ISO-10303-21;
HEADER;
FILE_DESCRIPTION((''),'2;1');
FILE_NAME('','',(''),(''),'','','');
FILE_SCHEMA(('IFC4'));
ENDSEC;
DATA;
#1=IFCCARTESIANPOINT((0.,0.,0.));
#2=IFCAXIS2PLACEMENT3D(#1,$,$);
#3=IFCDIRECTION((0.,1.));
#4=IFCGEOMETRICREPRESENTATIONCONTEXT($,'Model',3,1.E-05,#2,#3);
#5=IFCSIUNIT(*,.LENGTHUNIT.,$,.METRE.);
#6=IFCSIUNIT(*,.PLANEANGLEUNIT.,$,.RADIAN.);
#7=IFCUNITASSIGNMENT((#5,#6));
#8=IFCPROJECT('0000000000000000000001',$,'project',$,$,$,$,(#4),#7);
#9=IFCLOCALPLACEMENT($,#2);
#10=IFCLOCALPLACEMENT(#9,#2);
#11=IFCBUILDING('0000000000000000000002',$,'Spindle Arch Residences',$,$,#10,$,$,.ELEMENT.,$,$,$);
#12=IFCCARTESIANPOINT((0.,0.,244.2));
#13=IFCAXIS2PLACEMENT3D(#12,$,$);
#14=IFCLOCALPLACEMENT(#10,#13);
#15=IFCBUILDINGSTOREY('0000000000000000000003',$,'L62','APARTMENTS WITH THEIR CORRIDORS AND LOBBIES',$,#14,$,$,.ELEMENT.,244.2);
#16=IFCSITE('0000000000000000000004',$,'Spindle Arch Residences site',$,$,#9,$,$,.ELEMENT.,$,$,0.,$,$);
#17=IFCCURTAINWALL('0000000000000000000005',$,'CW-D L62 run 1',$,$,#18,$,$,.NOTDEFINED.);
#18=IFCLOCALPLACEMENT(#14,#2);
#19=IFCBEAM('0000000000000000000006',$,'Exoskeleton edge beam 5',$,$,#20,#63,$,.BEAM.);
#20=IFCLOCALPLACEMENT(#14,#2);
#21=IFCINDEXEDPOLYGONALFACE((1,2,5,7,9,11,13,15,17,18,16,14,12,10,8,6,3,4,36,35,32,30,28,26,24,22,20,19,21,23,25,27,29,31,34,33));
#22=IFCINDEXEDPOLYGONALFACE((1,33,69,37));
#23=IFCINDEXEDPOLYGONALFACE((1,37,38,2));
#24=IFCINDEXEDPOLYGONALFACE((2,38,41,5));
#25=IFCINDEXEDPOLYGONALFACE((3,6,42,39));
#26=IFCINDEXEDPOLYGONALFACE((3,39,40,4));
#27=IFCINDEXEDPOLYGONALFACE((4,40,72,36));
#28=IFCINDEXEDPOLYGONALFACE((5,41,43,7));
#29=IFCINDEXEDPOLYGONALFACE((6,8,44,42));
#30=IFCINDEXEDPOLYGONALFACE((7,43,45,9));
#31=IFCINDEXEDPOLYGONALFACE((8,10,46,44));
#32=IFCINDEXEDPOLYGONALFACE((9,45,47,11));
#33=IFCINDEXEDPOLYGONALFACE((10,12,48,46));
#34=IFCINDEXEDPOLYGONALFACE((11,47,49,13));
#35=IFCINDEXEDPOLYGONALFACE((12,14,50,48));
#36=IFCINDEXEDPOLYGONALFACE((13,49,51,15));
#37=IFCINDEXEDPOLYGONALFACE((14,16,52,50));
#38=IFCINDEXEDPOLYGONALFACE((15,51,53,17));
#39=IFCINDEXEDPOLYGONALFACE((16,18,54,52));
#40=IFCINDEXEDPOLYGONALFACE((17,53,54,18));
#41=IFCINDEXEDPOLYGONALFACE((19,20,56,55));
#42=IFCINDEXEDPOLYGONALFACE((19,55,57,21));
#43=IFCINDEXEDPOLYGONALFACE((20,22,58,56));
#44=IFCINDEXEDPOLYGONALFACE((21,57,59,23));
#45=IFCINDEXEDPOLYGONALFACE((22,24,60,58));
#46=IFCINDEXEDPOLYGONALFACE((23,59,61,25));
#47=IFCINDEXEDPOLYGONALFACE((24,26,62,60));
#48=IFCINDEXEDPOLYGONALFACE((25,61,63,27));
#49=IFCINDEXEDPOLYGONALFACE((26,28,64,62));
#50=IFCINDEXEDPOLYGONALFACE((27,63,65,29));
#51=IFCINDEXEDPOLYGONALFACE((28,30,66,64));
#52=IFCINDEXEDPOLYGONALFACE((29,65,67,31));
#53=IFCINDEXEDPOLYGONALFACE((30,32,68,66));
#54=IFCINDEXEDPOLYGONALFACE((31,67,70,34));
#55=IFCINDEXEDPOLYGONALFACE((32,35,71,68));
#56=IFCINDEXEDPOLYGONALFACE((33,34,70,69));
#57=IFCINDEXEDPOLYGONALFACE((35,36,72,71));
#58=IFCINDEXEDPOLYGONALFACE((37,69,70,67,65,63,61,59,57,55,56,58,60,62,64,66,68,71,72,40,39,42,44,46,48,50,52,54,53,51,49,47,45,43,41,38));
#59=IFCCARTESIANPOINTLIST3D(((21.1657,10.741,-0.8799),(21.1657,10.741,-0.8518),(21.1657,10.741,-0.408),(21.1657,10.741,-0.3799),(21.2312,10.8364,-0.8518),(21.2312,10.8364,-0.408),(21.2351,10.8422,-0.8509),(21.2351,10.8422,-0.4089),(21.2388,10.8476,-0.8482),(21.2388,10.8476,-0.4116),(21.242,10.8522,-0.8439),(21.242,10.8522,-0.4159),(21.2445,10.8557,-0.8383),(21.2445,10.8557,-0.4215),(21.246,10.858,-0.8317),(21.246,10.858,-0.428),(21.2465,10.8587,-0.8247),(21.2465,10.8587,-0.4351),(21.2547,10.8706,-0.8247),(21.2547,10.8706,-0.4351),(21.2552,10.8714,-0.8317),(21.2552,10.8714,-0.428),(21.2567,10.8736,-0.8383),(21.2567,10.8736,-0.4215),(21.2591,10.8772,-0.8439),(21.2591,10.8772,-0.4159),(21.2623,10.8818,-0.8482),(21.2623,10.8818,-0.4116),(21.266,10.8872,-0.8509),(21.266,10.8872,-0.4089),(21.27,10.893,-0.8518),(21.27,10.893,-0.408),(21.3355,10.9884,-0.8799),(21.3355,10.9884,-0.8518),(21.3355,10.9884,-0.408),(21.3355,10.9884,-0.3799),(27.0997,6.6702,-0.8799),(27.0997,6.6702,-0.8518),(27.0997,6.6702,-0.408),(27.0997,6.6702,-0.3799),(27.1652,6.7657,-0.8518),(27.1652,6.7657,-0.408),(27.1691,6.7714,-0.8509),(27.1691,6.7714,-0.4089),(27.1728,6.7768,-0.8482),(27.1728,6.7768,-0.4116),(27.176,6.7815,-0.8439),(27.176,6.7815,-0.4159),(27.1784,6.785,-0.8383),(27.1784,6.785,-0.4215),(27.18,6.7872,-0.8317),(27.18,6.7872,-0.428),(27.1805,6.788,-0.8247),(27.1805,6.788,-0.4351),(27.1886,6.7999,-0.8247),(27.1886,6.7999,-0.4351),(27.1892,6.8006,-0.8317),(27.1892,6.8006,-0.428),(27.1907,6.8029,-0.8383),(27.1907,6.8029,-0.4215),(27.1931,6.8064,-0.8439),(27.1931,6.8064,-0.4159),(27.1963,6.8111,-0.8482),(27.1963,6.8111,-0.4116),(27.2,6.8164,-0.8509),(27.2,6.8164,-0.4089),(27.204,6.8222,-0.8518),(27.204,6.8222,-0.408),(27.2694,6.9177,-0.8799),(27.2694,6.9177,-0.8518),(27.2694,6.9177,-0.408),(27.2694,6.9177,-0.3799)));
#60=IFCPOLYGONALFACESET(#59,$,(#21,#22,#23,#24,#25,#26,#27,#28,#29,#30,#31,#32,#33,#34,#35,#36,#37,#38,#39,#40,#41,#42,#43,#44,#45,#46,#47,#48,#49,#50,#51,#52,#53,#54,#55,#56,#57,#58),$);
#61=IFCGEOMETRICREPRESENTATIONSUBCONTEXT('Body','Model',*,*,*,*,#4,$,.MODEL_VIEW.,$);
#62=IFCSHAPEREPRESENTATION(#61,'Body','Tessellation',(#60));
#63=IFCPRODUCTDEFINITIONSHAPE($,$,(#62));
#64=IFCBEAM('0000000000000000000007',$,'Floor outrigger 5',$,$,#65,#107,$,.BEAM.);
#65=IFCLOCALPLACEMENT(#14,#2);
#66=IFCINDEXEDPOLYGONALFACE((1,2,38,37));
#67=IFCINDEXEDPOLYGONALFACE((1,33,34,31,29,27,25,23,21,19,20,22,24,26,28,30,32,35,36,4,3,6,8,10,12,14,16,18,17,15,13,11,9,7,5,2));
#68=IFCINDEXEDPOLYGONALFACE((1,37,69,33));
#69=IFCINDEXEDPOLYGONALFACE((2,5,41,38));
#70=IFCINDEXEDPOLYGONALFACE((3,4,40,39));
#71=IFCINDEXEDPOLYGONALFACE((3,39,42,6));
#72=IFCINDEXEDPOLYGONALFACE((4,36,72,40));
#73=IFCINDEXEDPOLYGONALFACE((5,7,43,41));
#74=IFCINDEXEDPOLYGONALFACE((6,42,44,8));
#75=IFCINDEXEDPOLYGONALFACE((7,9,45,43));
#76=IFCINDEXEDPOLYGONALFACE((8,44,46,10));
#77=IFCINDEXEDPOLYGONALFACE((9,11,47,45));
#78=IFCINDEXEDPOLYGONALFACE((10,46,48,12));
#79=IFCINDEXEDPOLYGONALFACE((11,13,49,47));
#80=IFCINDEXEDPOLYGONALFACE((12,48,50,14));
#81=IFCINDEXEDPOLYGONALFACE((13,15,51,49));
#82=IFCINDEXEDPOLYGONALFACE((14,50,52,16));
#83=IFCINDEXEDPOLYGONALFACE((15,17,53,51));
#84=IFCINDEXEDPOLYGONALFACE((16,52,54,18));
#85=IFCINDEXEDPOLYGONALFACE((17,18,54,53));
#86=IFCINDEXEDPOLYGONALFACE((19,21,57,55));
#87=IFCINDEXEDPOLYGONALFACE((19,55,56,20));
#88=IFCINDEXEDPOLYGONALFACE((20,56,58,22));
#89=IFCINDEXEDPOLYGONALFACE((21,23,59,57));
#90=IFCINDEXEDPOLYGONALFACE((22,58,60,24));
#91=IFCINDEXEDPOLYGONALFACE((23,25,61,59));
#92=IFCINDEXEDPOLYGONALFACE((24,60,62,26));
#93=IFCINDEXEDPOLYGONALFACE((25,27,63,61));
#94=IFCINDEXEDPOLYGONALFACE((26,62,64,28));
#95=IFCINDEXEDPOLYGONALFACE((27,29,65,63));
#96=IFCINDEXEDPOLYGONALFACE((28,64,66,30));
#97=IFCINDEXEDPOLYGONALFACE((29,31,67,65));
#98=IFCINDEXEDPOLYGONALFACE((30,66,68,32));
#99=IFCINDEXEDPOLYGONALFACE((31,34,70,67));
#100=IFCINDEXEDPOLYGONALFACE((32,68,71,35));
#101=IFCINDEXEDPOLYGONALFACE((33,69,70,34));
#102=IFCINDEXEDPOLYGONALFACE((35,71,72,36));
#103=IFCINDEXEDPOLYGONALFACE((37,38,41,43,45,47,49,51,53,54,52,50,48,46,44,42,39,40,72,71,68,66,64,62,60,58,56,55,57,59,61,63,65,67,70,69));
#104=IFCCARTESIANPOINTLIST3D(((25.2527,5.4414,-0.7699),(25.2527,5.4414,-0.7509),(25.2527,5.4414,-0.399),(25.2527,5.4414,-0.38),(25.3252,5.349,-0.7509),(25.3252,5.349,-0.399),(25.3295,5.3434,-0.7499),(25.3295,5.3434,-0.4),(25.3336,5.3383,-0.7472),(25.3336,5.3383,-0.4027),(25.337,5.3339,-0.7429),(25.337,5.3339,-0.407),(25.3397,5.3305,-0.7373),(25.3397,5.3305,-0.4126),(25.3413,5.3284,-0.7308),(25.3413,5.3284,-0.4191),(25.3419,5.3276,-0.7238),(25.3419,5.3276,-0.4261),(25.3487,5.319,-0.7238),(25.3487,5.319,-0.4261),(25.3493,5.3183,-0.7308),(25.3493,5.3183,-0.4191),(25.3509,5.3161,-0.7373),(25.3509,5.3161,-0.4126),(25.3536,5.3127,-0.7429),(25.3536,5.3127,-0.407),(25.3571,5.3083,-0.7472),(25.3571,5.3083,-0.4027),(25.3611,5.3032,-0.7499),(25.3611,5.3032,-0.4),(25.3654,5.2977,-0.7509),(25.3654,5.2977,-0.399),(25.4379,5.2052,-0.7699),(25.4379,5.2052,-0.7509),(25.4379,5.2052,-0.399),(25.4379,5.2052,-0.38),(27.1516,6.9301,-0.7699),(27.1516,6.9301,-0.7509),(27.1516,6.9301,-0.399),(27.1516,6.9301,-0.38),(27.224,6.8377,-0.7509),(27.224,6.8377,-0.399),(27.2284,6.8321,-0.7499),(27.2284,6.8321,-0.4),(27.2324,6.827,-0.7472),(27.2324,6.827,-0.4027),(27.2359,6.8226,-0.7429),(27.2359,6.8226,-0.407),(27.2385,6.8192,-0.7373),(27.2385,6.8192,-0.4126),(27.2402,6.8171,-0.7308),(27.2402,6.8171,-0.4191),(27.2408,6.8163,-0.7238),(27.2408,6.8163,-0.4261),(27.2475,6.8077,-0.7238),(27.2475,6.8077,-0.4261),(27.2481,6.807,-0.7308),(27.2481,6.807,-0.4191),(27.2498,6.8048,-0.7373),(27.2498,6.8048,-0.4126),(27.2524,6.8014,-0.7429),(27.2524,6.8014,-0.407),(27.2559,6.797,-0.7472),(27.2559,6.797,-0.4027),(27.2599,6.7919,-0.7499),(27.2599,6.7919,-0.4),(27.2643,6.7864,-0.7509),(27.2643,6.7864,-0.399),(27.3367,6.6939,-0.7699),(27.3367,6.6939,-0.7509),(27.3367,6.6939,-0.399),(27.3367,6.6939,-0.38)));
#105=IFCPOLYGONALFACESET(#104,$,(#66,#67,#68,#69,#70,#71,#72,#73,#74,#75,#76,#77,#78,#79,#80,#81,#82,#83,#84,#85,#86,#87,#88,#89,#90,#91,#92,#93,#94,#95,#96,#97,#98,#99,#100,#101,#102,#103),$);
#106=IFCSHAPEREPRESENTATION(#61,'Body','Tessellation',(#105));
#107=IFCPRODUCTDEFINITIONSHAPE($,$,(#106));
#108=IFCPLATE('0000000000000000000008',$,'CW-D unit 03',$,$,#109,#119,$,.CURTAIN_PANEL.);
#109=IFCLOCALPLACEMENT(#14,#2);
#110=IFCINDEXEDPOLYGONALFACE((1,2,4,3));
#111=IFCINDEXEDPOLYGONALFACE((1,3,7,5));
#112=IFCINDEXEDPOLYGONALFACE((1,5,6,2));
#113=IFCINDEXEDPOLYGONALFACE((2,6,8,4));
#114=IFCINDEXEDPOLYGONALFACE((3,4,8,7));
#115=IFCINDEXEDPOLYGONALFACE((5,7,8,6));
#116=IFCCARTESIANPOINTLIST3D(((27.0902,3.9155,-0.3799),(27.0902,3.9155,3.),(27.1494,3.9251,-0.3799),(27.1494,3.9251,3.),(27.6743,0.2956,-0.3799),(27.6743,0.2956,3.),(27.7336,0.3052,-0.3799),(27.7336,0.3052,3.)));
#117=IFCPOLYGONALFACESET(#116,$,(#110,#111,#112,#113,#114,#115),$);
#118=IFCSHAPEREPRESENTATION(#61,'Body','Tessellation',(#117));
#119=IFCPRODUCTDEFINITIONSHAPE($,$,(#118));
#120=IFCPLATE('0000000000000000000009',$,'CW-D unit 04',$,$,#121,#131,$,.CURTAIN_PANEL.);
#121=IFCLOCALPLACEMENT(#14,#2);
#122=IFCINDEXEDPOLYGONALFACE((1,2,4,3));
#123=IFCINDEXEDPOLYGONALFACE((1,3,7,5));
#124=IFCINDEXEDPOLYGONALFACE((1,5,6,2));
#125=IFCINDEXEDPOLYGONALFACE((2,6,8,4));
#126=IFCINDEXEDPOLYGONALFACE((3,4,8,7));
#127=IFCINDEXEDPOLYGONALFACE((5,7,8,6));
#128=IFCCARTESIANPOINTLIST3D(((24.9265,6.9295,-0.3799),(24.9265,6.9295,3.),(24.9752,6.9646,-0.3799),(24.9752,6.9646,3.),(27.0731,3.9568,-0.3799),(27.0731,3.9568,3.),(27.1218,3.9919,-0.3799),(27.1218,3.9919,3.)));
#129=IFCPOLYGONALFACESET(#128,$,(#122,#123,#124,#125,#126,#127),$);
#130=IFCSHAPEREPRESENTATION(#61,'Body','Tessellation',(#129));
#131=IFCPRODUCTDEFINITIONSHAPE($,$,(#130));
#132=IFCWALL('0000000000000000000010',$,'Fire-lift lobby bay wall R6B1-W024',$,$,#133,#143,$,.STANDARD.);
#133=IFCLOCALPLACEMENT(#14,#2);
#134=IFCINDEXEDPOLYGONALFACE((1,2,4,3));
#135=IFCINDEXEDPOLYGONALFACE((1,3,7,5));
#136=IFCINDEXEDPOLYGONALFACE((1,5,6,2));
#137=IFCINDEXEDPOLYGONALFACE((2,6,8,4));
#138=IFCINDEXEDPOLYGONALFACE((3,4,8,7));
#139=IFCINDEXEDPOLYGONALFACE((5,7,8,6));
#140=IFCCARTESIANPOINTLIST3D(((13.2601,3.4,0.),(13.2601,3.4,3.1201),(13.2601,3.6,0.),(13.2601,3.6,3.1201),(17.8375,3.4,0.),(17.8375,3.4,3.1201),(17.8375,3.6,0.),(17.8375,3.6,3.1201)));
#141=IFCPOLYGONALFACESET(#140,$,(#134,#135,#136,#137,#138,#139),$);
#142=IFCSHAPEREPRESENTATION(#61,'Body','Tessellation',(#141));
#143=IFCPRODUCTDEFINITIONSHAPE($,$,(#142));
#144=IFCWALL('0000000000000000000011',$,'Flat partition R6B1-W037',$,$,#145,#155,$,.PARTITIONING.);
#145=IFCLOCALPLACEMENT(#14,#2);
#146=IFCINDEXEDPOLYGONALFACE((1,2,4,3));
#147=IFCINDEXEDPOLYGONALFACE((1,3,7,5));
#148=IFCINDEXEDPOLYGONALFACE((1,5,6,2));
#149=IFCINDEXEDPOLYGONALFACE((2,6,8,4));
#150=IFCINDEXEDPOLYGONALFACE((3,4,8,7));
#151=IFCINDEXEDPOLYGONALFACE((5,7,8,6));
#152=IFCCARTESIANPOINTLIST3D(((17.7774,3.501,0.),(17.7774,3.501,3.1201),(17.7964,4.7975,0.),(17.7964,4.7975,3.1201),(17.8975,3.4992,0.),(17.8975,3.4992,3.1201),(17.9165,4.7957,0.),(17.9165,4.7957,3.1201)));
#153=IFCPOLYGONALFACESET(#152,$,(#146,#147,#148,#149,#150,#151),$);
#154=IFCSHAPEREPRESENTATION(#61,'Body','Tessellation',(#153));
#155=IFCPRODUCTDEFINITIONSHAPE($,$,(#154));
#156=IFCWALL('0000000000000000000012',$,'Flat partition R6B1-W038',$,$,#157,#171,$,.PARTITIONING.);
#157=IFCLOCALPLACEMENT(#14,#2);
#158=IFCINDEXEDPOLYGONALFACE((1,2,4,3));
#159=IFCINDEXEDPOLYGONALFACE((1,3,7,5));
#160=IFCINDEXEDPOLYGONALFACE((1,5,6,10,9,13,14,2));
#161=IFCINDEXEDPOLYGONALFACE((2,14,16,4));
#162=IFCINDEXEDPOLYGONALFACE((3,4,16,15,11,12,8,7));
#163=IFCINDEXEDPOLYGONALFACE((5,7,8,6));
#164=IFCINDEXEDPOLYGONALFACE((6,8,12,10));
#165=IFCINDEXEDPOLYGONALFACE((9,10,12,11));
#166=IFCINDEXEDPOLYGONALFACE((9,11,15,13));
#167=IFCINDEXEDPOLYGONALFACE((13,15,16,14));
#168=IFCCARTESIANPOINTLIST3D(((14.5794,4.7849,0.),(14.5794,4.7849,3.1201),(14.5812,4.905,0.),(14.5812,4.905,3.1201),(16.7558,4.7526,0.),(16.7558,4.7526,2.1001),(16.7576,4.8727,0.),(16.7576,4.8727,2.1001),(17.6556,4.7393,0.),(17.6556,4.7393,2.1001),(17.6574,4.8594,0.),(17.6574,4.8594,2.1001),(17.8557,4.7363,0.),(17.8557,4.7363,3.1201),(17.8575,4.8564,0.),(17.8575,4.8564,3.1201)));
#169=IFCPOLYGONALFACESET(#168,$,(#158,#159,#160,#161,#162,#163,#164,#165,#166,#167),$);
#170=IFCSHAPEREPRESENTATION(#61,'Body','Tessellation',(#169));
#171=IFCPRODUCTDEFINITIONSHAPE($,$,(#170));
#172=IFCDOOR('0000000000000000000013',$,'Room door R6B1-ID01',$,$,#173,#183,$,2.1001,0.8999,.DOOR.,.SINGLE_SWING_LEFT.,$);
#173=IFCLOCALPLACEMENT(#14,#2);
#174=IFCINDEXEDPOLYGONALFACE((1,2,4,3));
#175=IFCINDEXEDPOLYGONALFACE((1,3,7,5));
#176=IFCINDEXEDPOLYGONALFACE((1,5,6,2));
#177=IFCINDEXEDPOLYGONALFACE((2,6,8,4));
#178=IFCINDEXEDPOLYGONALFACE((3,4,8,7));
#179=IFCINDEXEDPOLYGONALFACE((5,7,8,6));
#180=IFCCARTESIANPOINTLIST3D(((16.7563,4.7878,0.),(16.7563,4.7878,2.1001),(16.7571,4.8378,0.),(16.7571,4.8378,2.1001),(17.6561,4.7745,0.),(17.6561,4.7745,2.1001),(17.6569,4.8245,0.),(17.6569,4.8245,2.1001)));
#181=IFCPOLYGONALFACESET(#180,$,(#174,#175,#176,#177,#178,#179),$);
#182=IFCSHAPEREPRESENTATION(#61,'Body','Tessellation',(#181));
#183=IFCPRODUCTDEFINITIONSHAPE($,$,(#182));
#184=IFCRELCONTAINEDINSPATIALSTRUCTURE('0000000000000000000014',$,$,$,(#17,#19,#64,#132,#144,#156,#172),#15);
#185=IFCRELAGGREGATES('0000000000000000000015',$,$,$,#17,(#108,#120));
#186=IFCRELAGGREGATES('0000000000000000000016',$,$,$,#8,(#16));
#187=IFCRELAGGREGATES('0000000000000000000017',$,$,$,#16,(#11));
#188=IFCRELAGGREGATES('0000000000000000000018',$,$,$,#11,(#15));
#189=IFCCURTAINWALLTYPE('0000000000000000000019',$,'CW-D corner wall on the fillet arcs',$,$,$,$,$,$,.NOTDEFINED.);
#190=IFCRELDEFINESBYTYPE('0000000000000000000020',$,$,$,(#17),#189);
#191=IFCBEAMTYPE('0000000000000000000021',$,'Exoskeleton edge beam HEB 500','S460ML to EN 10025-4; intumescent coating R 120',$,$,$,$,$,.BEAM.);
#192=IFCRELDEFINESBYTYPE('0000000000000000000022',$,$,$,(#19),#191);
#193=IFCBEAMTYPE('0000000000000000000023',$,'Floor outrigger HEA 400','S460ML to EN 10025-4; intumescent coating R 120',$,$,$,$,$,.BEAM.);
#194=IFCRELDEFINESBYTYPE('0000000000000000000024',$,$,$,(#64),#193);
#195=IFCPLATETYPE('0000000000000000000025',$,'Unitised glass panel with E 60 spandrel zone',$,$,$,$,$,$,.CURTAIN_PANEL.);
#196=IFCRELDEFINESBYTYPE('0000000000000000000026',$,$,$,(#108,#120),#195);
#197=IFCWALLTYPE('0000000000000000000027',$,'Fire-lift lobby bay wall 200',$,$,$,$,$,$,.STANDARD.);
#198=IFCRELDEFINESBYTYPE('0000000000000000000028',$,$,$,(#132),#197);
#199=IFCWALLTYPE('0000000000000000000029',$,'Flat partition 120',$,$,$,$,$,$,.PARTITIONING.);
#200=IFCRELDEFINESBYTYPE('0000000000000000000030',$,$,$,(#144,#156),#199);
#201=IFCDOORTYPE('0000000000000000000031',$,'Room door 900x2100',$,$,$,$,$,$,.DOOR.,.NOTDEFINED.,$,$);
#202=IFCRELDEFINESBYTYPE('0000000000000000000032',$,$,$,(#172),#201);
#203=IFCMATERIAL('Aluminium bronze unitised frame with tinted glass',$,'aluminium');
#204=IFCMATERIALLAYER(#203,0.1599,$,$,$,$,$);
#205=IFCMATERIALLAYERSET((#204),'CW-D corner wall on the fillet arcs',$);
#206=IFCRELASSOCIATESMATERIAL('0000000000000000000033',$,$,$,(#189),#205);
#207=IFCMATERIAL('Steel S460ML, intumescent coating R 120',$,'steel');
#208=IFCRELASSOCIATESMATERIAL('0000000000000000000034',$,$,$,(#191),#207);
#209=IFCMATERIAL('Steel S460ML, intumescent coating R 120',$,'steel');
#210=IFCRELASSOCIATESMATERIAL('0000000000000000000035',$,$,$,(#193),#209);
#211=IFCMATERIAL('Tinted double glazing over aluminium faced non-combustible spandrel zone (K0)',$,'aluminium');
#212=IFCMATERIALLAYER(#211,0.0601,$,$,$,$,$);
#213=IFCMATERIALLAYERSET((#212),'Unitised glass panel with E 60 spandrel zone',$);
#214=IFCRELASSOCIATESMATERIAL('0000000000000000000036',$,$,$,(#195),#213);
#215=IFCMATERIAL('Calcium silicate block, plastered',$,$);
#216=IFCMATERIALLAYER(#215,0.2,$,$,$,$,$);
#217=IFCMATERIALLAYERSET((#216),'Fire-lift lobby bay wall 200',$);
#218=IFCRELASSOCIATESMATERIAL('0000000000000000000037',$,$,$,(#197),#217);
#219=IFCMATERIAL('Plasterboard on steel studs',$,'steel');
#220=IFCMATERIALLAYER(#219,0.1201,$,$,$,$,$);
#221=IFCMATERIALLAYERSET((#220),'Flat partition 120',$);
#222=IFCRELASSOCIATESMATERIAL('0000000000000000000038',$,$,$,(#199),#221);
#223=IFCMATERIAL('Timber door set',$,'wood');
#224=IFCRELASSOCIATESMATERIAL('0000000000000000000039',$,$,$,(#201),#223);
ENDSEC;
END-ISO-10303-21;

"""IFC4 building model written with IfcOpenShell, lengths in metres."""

from ifc_helpers import new_model, si_unit, direction, frame, frame_2d, origin, origin_2d, place, context, subcontext, project, spatial, rectangle, i_section, extrude, material, layer, layer_set, material_profile, profile_set, type_object, element, fill, aggregate, save


model = new_model("IFC4")

# Units and contexts
model_context = context("Model", 3, precision=1e-05, world=origin(), true_north=direction((0.0, 1.0)))
body_context = subcontext(model_context, "Body", "Model", "MODEL_VIEW")
ifc_project = project(units=[si_unit("LENGTHUNIT", "METRE"), si_unit("PLANEANGLEUNIT", "RADIAN")], contexts=[model_context])

# Site, building, storey
site_placement = place(None, origin())
site = spatial("IfcSite", under=ifc_project, at=site_placement, Name="Spindle Arch Residences site", CompositionType="ELEMENT", RefElevation=0.0)
building_placement = place(site_placement, origin())
building = spatial("IfcBuilding", under=site, at=building_placement, Name="Spindle Arch Residences", CompositionType="ELEMENT")
storey_placement = place(building_placement, frame((0.0, 0.0, 244.2)))
storey = spatial("IfcBuildingStorey", under=building, at=storey_placement, Name="L62", Description="APARTMENTS WITH THEIR CORRIDORS AND LOBBIES", CompositionType="ELEMENT", Elevation=244.2)

# Curtain wall
ifc_material_1 = material(Name="Aluminium bronze unitised frame with tinted glass", Category="aluminium")
ifc_layer_1 = layer(ifc_material_1, 0.1599)
ifc_layer_set_1 = layer_set([ifc_layer_1], Name="CW-D corner wall on the fillet arcs")
curtain_wall_type = type_object("IfcCurtainWallType", Name="CW-D corner wall on the fillet arcs", PredefinedType="NOTDEFINED", material=ifc_layer_set_1)
curtain_wall_placement = place(storey_placement, origin())
curtain_wall = element("IfcCurtainWall", 1, at=curtain_wall_placement, inside=storey, type_object=curtain_wall_type, Name="CW-D L62 run 1", PredefinedType="NOTDEFINED")

# Beams
ifc_material_2 = material(Name="Steel S460ML, intumescent coating R 120", Category="steel")
ifc_material_profile_1 = material_profile(ifc_material_2, i_section(OverallWidth=0.3, OverallDepth=0.5, WebThickness=0.0144, FlangeThickness=0.0281, FilletRadius=0.0271, at=origin_2d()), Name="HEB 500")
ifc_profile_set_1 = profile_set([ifc_material_profile_1], Name="Steel S460ML, intumescent coating R 120")
beam_type_1 = type_object("IfcBeamType", Name="Exoskeleton edge beam HEB 500", Description="S460ML to EN 10025-4; intumescent coating R 120", PredefinedType="BEAM", material=ifc_profile_set_1)
beam_1_placement = place(storey_placement, frame((27.1846, 6.7939, -0.6299), z_axis=(-0.824618, 0.565691, 0.0), x_axis=(-0.565691, -0.824618, 0.0)))
element("IfcBeam", 2, at=beam_1_placement, inside=storey, type_object=beam_type_1, Name="Exoskeleton edge beam 5", PredefinedType="BEAM", context=body_context, shape_type="SweptSolid", body=[
    extrude(i_section(OverallWidth=0.3, OverallDepth=0.5, WebThickness=0.0144, FlangeThickness=0.0281, FilletRadius=0.0271, at=origin_2d()), origin(), (0.0, 0.0, 1.0), 7.196),
])
ifc_material_3 = material(Name="Steel S460ML, intumescent coating R 120", Category="steel")
ifc_material_profile_2 = material_profile(ifc_material_3, i_section(OverallWidth=0.3, OverallDepth=0.3899, WebThickness=0.011, FlangeThickness=0.019, FilletRadius=0.0271, at=origin_2d()), Name="HEA 400")
ifc_profile_set_2 = profile_set([ifc_material_profile_2], Name="Steel S460ML, intumescent coating R 120")
beam_type_2 = type_object("IfcBeamType", Name="Floor outrigger HEA 400", Description="S460ML to EN 10025-4; intumescent coating R 120", PredefinedType="BEAM", material=ifc_profile_set_2)
beam_2_placement = place(storey_placement, frame((27.2441, 6.812, -0.575), z_axis=(-0.786971, -0.61699, 0.0), x_axis=(0.61699, -0.786971, 0.0)))
element("IfcBeam", 3, at=beam_2_placement, inside=storey, type_object=beam_type_2, Name="Floor outrigger 5", PredefinedType="BEAM", context=body_context, shape_type="SweptSolid", body=[
    extrude(i_section(OverallWidth=0.3, OverallDepth=0.3899, WebThickness=0.011, FlangeThickness=0.019, FilletRadius=0.0271, at=origin_2d()), origin(), (0.0, 0.0, 1.0), 2.4128),
])

# Plates
ifc_material_4 = material(Name="Tinted double glazing over aluminium faced non-combustible spandrel zone (K0)", Category="aluminium")
ifc_layer_2 = layer(ifc_material_4, 0.0601)
ifc_layer_set_2 = layer_set([ifc_layer_2], Name="Unitised glass panel with E 60 spandrel zone")
plate_type = type_object("IfcPlateType", Name="Unitised glass panel with E 60 spandrel zone", PredefinedType="CURTAIN_PANEL", material=ifc_layer_set_2)
plate_1_placement = place(storey_placement, frame((27.4119, 2.1104, -0.3799), z_axis=(0.0, 0.0, 1.0), x_axis=(-0.159307, 0.987229, 0.0)))
plate_1 = element("IfcPlate", 4, at=plate_1_placement, type_object=plate_type, Name="CW-D unit 03", PredefinedType="CURTAIN_PANEL", context=body_context, shape_type="SweptSolid", body=[
    extrude(rectangle(XDim=3.6667, YDim=0.0601, at=origin_2d()), origin(), (0.0, 0.0, 1.0), 3.3799),
])
plate_2_placement = place(storey_placement, frame((26.0242, 5.4607, -0.3799), z_axis=(0.0, 0.0, 1.0), x_axis=(-0.585429, 0.810723, 0.0)))
plate_2 = element("IfcPlate", 5, at=plate_2_placement, type_object=plate_type, Name="CW-D unit 04", PredefinedType="CURTAIN_PANEL", context=body_context, shape_type="SweptSolid", body=[
    extrude(rectangle(XDim=3.6667, YDim=0.0601, at=origin_2d()), origin(), (0.0, 0.0, 1.0), 3.3799),
])
aggregate(curtain_wall, [plate_1, plate_2])

# Walls
ifc_material_5 = material(Name="Calcium silicate block, plastered")
ifc_layer_3 = layer(ifc_material_5, 0.2)
ifc_layer_set_3 = layer_set([ifc_layer_3], Name="Fire-lift lobby bay wall 200")
wall_type_1 = type_object("IfcWallType", Name="Fire-lift lobby bay wall 200", PredefinedType="STANDARD", material=ifc_layer_set_3)
wall_1_placement = place(storey_placement, frame((17.8374, 3.5, 0.0), z_axis=(0.0, 0.0, 1.0), x_axis=(-1.0, 0.0, 0.0)))
element("IfcWall", 6, at=wall_1_placement, inside=storey, type_object=wall_type_1, Name="Fire-lift lobby bay wall R6B1-W024", PredefinedType="STANDARD", context=body_context, shape_type="SweptSolid", body=[
    extrude(rectangle(XDim=4.5774, YDim=0.2, at=frame_2d((2.2886, 0.0))), origin(), (0.0, 0.0, 1.0), 3.1201),
])
ifc_material_6 = material(Name="Plasterboard on steel studs", Category="steel")
ifc_layer_4 = layer(ifc_material_6, 0.1201)
ifc_layer_set_4 = layer_set([ifc_layer_4], Name="Flat partition 120")
wall_type_2 = type_object("IfcWallType", Name="Flat partition 120", PredefinedType="PARTITIONING", material=ifc_layer_set_4)
wall_2_placement = place(storey_placement, frame((17.8374, 3.5, 0.0), z_axis=(0.0, 0.0, 1.0), x_axis=(0.014688, 0.999892, 0.0)))
element("IfcWall", 7, at=wall_2_placement, inside=storey, type_object=wall_type_2, Name="Flat partition R6B1-W037", PredefinedType="PARTITIONING", context=body_context, shape_type="SweptSolid", body=[
    extrude(rectangle(XDim=1.2966, YDim=0.1201, at=frame_2d((0.6484, 0.0))), origin(), (0.0, 0.0, 1.0), 3.1201),
])

# Wall, opening, door
wall_3_placement = place(storey_placement, frame((17.8564, 4.7964, 0.0), z_axis=(0.0, 0.0, 1.0), x_axis=(-0.99989, 0.014827, 0.0)))
wall_3 = element("IfcWall", 8, at=wall_3_placement, inside=storey, type_object=wall_type_2, Name="Flat partition R6B1-W038", PredefinedType="PARTITIONING", context=body_context, shape_type="SweptSolid", body=[
    extrude(rectangle(XDim=3.2766, YDim=0.1201, at=frame_2d((1.6382, 0.0))), origin(), (0.0, 0.0, 1.0), 3.1201),
])
opening_1_placement = place(wall_3_placement, frame((0.2, 0.0, 0.0)))
opening_1 = element("IfcOpeningElement", 9, at=opening_1_placement, cuts=wall_3, PredefinedType="OPENING", context=body_context, shape_type="SweptSolid", body=[
    extrude(rectangle(XDim=0.8999, YDim=2.1001, at=frame_2d((0.45, 1.05))), frame((0.0, 0.0701, 0.0), z_axis=(0.0, -1.0, 0.0), x_axis=(1.0, 0.0, 0.0)), (0.0, 0.0, 1.0), 0.1401),
])
ifc_material_7 = material(Name="Timber door set", Category="wood")
door_type_1 = type_object("IfcDoorType", Name="Room door 900x2100", OperationType="NOTDEFINED", PredefinedType="DOOR", material=ifc_material_7)
door_1_placement = place(opening_1_placement, origin())
door_1 = element("IfcDoor", 10, at=door_1_placement, inside=storey, type_object=door_type_1, Name="Room door R6B1-ID01", OperationType="SINGLE_SWING_LEFT", OverallHeight=2.1001, OverallWidth=0.8999, PredefinedType="DOOR", context=body_context, shape_type="SweptSolid", body=[
    extrude(rectangle(XDim=0.8999, YDim=2.1001, at=frame_2d((0.45, 1.05))), frame((0.0, 0.0249, 0.0), z_axis=(0.0, -1.0, 0.0), x_axis=(1.0, 0.0, 0.0)), (0.0, 0.0, 1.0), 0.05),
])
fill(opening_1, door_1)

save(model, "model.ifc")
